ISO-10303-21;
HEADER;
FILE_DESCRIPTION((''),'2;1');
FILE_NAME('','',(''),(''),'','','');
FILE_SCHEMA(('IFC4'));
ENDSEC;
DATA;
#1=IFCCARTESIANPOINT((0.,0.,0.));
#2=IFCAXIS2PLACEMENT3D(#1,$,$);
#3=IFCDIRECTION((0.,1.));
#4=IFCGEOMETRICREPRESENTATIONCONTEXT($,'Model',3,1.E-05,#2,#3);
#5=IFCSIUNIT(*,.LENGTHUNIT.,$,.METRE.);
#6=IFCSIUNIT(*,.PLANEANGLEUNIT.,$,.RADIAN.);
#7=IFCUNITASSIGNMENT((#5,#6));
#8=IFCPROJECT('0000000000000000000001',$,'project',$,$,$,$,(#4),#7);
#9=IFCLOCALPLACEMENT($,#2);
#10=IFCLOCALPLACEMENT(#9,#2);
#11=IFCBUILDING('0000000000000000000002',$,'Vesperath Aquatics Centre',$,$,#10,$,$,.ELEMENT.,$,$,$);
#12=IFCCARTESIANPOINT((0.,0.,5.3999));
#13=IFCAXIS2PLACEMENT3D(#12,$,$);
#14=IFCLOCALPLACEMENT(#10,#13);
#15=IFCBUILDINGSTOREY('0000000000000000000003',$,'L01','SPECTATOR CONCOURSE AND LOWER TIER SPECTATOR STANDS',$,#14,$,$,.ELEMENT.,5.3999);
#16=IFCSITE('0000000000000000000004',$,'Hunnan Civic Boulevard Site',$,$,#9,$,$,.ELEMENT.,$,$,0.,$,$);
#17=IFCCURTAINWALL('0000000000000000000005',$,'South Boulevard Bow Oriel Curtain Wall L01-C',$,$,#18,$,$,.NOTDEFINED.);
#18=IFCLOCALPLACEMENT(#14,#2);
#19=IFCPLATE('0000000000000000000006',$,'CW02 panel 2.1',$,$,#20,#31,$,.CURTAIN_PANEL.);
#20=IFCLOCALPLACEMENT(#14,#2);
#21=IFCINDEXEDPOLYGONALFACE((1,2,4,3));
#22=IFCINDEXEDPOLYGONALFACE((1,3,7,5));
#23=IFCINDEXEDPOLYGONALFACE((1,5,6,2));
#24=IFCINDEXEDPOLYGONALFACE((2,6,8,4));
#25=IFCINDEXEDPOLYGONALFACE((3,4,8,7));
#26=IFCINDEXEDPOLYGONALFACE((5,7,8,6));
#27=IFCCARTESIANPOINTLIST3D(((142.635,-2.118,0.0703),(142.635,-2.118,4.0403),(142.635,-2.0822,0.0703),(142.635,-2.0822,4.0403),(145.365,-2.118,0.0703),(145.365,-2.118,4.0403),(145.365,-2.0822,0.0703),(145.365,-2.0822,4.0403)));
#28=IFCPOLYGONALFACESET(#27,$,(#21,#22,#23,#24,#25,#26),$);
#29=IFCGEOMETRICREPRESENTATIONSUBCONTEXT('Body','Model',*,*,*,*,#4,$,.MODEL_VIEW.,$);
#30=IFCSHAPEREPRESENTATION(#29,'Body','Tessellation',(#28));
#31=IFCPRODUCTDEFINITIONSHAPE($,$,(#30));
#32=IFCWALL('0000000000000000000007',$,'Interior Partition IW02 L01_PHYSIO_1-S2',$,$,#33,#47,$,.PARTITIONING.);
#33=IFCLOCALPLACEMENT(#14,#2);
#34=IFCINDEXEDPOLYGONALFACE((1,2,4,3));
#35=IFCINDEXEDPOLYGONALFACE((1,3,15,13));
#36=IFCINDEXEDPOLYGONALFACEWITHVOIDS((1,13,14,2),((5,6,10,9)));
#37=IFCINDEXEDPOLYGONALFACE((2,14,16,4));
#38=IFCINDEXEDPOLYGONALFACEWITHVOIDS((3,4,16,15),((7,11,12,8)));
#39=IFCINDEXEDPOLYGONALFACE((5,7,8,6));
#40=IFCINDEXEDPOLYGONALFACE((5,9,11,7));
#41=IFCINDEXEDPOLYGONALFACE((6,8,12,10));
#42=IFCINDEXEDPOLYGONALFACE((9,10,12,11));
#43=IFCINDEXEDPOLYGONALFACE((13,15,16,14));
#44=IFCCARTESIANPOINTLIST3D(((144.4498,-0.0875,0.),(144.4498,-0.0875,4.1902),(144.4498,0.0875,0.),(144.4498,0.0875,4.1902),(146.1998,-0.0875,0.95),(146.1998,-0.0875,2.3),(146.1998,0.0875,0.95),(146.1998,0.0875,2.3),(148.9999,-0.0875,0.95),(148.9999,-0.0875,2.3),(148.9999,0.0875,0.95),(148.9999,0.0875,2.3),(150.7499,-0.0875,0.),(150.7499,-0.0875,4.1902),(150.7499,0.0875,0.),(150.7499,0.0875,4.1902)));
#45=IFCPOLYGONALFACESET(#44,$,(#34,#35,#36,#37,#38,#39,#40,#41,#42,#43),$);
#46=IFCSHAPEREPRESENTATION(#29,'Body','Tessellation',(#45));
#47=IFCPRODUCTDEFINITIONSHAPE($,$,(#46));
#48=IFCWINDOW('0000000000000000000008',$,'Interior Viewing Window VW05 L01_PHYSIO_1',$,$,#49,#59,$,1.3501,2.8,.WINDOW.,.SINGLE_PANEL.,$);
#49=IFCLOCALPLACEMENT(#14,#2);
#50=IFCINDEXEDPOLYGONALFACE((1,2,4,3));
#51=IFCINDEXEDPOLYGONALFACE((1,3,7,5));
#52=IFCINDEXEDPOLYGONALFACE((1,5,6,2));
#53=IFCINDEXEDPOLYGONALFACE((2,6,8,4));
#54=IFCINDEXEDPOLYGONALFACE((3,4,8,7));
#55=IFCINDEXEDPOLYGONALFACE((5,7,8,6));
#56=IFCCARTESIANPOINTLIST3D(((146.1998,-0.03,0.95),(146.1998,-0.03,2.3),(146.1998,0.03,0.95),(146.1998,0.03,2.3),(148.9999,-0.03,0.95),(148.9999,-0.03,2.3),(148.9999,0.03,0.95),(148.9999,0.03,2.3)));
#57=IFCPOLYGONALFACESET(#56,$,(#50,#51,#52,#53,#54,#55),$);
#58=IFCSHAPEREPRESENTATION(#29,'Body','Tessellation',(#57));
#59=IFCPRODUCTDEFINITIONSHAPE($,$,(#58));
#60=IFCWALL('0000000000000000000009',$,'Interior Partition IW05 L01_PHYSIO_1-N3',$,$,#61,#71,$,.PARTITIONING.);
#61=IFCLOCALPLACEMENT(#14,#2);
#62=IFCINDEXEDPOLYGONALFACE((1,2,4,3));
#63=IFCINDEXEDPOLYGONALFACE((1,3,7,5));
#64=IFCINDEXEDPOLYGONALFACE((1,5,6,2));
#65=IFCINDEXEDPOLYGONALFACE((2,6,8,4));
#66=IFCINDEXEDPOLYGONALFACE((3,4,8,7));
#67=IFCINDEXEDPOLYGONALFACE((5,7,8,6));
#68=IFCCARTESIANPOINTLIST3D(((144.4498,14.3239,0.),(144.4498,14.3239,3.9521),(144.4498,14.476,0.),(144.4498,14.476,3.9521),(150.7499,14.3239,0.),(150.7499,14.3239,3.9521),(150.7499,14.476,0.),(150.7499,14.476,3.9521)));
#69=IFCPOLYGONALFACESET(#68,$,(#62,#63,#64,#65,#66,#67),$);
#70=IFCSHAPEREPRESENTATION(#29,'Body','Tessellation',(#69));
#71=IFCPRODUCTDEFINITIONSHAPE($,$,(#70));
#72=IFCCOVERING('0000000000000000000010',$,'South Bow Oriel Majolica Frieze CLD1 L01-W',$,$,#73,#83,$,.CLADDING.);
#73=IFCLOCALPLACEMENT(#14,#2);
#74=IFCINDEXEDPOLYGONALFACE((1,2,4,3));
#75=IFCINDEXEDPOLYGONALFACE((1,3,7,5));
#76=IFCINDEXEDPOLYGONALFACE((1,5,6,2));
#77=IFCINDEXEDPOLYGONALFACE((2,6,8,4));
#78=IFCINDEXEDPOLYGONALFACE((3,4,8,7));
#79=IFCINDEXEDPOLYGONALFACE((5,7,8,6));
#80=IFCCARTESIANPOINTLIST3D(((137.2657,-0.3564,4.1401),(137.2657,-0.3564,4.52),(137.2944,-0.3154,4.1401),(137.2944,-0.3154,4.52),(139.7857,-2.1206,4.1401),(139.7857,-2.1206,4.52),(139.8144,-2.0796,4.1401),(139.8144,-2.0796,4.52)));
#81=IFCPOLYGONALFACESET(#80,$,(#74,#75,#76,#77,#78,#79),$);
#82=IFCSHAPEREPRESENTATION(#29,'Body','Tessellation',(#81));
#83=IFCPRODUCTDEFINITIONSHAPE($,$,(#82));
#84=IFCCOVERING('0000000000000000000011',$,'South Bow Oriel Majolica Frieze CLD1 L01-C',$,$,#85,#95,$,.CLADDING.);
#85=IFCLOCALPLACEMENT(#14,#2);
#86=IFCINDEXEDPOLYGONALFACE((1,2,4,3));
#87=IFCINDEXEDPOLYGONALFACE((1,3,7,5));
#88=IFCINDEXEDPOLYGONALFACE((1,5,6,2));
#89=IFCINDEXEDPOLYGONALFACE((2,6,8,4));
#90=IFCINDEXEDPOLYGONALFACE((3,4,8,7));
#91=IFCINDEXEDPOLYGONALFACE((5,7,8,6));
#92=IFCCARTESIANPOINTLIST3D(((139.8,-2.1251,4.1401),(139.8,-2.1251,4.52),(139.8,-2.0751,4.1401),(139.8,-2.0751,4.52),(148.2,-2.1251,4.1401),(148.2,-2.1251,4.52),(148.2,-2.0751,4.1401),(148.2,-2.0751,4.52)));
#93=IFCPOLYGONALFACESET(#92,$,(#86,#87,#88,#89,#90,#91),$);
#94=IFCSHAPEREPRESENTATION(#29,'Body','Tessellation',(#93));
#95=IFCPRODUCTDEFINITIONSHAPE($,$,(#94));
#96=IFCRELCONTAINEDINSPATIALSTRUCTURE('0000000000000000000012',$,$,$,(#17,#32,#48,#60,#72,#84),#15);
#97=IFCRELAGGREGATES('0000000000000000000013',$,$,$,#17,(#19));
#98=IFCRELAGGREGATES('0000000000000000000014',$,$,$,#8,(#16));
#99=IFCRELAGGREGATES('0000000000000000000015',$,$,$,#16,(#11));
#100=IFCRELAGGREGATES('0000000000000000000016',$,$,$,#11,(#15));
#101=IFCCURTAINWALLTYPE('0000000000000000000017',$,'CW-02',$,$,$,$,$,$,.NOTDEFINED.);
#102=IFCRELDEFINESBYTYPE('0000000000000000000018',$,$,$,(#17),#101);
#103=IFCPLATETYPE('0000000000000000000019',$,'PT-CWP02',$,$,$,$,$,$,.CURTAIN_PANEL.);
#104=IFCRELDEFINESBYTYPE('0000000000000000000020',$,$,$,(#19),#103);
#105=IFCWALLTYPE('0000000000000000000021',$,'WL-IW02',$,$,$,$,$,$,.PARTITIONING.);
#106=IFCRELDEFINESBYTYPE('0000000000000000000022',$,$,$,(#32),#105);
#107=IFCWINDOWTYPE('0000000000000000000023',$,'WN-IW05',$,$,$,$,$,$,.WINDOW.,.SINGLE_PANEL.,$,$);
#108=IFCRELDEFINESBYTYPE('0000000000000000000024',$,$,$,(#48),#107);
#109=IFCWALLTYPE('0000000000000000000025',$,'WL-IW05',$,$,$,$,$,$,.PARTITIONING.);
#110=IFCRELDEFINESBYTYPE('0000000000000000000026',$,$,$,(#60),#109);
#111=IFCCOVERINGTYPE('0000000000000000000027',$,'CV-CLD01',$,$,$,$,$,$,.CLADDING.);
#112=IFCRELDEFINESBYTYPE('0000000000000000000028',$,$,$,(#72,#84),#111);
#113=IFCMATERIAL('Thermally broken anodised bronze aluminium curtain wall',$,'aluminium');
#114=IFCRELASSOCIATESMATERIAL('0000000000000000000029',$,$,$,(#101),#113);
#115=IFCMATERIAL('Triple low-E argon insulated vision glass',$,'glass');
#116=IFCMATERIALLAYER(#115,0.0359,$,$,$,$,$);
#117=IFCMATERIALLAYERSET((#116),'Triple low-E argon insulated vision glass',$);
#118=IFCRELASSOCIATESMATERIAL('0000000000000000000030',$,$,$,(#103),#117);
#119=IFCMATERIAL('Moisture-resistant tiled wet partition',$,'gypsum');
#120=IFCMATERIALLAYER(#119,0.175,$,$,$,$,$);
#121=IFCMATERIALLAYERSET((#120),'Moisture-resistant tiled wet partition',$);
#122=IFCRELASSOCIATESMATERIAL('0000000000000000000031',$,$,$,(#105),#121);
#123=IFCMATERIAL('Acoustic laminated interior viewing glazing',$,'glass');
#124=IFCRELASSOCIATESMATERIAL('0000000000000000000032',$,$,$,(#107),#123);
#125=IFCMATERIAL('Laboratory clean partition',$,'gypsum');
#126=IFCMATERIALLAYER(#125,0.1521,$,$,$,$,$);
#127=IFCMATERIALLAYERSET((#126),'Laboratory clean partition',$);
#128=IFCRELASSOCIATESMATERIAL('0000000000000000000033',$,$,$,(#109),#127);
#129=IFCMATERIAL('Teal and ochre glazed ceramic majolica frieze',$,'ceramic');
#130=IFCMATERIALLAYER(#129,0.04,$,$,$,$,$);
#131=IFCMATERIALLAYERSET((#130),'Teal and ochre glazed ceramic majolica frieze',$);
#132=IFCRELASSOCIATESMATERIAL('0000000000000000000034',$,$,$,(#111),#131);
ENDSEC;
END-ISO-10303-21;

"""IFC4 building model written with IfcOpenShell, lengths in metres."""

from ifc_helpers import new_model, si_unit, direction, frame, frame_2d, origin, origin_2d, place, context, subcontext, project, spatial, rectangle, extrude, material, layer, layer_set, type_object, element, fill, aggregate, save


model = new_model("IFC4")

# Units and contexts
model_context = context("Model", 3, precision=1e-05, world=origin(), true_north=direction((0.0, 1.0)))
body_context = subcontext(model_context, "Body", "Model", "MODEL_VIEW")
ifc_project = project(units=[si_unit("LENGTHUNIT", "METRE"), si_unit("PLANEANGLEUNIT", "RADIAN")], contexts=[model_context])

# Site, building, storey
site_placement = place(None, origin())
site = spatial("IfcSite", under=ifc_project, at=site_placement, Name="Hunnan Civic Boulevard Site", CompositionType="ELEMENT", RefElevation=0.0)
building_placement = place(site_placement, origin())
building = spatial("IfcBuilding", under=site, at=building_placement, Name="Vesperath Aquatics Centre", CompositionType="ELEMENT")
storey_placement = place(building_placement, frame((0.0, 0.0, 5.3999)))
storey = spatial("IfcBuildingStorey", under=building, at=storey_placement, Name="L01", Description="SPECTATOR CONCOURSE AND LOWER TIER SPECTATOR STANDS", CompositionType="ELEMENT", Elevation=5.3999)

# Curtain wall
ifc_material_1 = material(Name="Thermally broken anodised bronze aluminium curtain wall", Category="aluminium")
curtain_wall_type = type_object("IfcCurtainWallType", Name="CW-02", PredefinedType="NOTDEFINED", material=ifc_material_1)
curtain_wall_1_placement = place(storey_placement, origin())
curtain_wall_1 = element("IfcCurtainWall", 1, at=curtain_wall_1_placement, inside=storey, type_object=curtain_wall_type, Name="South Boulevard Bow Oriel Curtain Wall L01-C", PredefinedType="NOTDEFINED")

# Plate
ifc_material_2 = material(Name="Triple low-E argon insulated vision glass", Category="glass")
ifc_layer_1 = layer(ifc_material_2, 0.0359)
ifc_layer_set_1 = layer_set([ifc_layer_1], Name="Triple low-E argon insulated vision glass")
plate_type = type_object("IfcPlateType", Name="PT-CWP02", PredefinedType="CURTAIN_PANEL", material=ifc_layer_set_1)
plate_1_placement = place(storey_placement, frame((144.0, -2.1001, 0.0703), z_axis=(0.0, 0.0, 1.0), x_axis=(1.0, 0.0, 0.0)))
plate_1 = element("IfcPlate", 2, at=plate_1_placement, type_object=plate_type, Name="CW02 panel 2.1", PredefinedType="CURTAIN_PANEL", context=body_context, shape_type="SweptSolid", body=[
    extrude(rectangle(XDim=2.73, YDim=0.0359, at=origin_2d()), origin(), (0.0, 0.0, 1.0), 3.97),
])
aggregate(curtain_wall_1, [plate_1])

# Wall, opening, window
ifc_material_3 = material(Name="Moisture-resistant tiled wet partition", Category="gypsum")
ifc_layer_2 = layer(ifc_material_3, 0.175)
ifc_layer_set_2 = layer_set([ifc_layer_2], Name="Moisture-resistant tiled wet partition")
wall_type_1 = type_object("IfcWallType", Name="WL-IW02", PredefinedType="PARTITIONING", material=ifc_layer_set_2)
wall_1_placement = place(storey_placement, frame((144.45, 0.0, 0.0), z_axis=(0.0, 0.0, 1.0), x_axis=(1.0, 0.0, 0.0)))
wall_1 = element("IfcWall", 3, at=wall_1_placement, inside=storey, type_object=wall_type_1, Name="Interior Partition IW02 L01_PHYSIO_1-S2", PredefinedType="PARTITIONING", context=body_context, shape_type="SweptSolid", body=[
    extrude(rectangle(XDim=6.3, YDim=0.175, at=frame_2d((3.1499, 0.0))), origin(), (0.0, 0.0, 1.0), 4.1902),
])
opening_placement = place(wall_1_placement, frame((1.75, 0.0, 0.95)))
opening = element("IfcOpeningElement", 4, at=opening_placement, cuts=wall_1, PredefinedType="OPENING", context=body_context, shape_type="SweptSolid", body=[
    extrude(rectangle(XDim=2.8, YDim=1.3501, at=frame_2d((1.3999, 0.675))), frame((0.0, 0.1025, 0.0), z_axis=(0.0, -1.0, 0.0), x_axis=(1.0, 0.0, 0.0)), (0.0, 0.0, 1.0), 0.2048),
])
ifc_material_4 = material(Name="Acoustic laminated interior viewing glazing", Category="glass")
window_type = type_object("IfcWindowType", Name="WN-IW05", PartitioningType="SINGLE_PANEL", PredefinedType="WINDOW", material=ifc_material_4)
window_placement = place(opening_placement, origin())
window = element("IfcWindow", 5, at=window_placement, inside=storey, type_object=window_type, Name="Interior Viewing Window VW05 L01_PHYSIO_1", OverallHeight=1.3501, OverallWidth=2.8, PartitioningType="SINGLE_PANEL", PredefinedType="WINDOW", context=body_context, shape_type="SweptSolid", body=[
    extrude(rectangle(XDim=2.8, YDim=1.3501, at=frame_2d((1.3999, 0.675))), frame((0.0, 0.03, 0.0), z_axis=(0.0, -1.0, 0.0), x_axis=(1.0, 0.0, 0.0)), (0.0, 0.0, 1.0), 0.0601),
])
fill(opening, window)

# Wall
ifc_material_5 = material(Name="Laboratory clean partition", Category="gypsum")
ifc_layer_3 = layer(ifc_material_5, 0.1521)
ifc_layer_set_3 = layer_set([ifc_layer_3], Name="Laboratory clean partition")
wall_type_2 = type_object("IfcWallType", Name="WL-IW05", PredefinedType="PARTITIONING", material=ifc_layer_set_3)
wall_2_placement = place(storey_placement, frame((144.45, 14.3999, 0.0), z_axis=(0.0, 0.0, 1.0), x_axis=(1.0, 0.0, 0.0)))
element("IfcWall", 6, at=wall_2_placement, inside=storey, type_object=wall_type_2, Name="Interior Partition IW05 L01_PHYSIO_1-N3", PredefinedType="PARTITIONING", context=body_context, shape_type="SweptSolid", body=[
    extrude(rectangle(XDim=6.3, YDim=0.1521, at=frame_2d((3.1499, 0.0))), origin(), (0.0, 0.0, 1.0), 3.9521),
])

# Coverings
ifc_material_6 = material(Name="Teal and ochre glazed ceramic majolica frieze", Category="ceramic")
ifc_layer_4 = layer(ifc_material_6, 0.04)
ifc_layer_set_4 = layer_set([ifc_layer_4], Name="Teal and ochre glazed ceramic majolica frieze")
covering_type = type_object("IfcCoveringType", Name="CV-CLD01", PredefinedType="CLADDING", material=ifc_layer_set_4)
covering_1_placement = place(storey_placement, frame((137.28, -0.3359, 4.1401), z_axis=(0.0, 0.0, 1.0), x_axis=(0.81921, -0.573494, 0.0)))
element("IfcCovering", 7, at=covering_1_placement, inside=storey, type_object=covering_type, Name="South Bow Oriel Majolica Frieze CLD1 L01-W", PredefinedType="CLADDING", context=body_context, shape_type="SweptSolid", body=[
    extrude(rectangle(XDim=3.0762, YDim=0.05, at=frame_2d((1.5381, 0.0))), origin(), (0.0, 0.0, 1.0), 0.3799),
])
covering_2_placement = place(storey_placement, frame((139.8, -2.1001, 4.1401), z_axis=(0.0, 0.0, 1.0), x_axis=(1.0, 0.0, 0.0)))
element("IfcCovering", 8, at=covering_2_placement, inside=storey, type_object=covering_type, Name="South Bow Oriel Majolica Frieze CLD1 L01-C", PredefinedType="CLADDING", context=body_context, shape_type="SweptSolid", body=[
    extrude(rectangle(XDim=8.3999, YDim=0.05, at=frame_2d((4.2, 0.0))), origin(), (0.0, 0.0, 1.0), 0.3799),
])

save(model, "model.ifc")
